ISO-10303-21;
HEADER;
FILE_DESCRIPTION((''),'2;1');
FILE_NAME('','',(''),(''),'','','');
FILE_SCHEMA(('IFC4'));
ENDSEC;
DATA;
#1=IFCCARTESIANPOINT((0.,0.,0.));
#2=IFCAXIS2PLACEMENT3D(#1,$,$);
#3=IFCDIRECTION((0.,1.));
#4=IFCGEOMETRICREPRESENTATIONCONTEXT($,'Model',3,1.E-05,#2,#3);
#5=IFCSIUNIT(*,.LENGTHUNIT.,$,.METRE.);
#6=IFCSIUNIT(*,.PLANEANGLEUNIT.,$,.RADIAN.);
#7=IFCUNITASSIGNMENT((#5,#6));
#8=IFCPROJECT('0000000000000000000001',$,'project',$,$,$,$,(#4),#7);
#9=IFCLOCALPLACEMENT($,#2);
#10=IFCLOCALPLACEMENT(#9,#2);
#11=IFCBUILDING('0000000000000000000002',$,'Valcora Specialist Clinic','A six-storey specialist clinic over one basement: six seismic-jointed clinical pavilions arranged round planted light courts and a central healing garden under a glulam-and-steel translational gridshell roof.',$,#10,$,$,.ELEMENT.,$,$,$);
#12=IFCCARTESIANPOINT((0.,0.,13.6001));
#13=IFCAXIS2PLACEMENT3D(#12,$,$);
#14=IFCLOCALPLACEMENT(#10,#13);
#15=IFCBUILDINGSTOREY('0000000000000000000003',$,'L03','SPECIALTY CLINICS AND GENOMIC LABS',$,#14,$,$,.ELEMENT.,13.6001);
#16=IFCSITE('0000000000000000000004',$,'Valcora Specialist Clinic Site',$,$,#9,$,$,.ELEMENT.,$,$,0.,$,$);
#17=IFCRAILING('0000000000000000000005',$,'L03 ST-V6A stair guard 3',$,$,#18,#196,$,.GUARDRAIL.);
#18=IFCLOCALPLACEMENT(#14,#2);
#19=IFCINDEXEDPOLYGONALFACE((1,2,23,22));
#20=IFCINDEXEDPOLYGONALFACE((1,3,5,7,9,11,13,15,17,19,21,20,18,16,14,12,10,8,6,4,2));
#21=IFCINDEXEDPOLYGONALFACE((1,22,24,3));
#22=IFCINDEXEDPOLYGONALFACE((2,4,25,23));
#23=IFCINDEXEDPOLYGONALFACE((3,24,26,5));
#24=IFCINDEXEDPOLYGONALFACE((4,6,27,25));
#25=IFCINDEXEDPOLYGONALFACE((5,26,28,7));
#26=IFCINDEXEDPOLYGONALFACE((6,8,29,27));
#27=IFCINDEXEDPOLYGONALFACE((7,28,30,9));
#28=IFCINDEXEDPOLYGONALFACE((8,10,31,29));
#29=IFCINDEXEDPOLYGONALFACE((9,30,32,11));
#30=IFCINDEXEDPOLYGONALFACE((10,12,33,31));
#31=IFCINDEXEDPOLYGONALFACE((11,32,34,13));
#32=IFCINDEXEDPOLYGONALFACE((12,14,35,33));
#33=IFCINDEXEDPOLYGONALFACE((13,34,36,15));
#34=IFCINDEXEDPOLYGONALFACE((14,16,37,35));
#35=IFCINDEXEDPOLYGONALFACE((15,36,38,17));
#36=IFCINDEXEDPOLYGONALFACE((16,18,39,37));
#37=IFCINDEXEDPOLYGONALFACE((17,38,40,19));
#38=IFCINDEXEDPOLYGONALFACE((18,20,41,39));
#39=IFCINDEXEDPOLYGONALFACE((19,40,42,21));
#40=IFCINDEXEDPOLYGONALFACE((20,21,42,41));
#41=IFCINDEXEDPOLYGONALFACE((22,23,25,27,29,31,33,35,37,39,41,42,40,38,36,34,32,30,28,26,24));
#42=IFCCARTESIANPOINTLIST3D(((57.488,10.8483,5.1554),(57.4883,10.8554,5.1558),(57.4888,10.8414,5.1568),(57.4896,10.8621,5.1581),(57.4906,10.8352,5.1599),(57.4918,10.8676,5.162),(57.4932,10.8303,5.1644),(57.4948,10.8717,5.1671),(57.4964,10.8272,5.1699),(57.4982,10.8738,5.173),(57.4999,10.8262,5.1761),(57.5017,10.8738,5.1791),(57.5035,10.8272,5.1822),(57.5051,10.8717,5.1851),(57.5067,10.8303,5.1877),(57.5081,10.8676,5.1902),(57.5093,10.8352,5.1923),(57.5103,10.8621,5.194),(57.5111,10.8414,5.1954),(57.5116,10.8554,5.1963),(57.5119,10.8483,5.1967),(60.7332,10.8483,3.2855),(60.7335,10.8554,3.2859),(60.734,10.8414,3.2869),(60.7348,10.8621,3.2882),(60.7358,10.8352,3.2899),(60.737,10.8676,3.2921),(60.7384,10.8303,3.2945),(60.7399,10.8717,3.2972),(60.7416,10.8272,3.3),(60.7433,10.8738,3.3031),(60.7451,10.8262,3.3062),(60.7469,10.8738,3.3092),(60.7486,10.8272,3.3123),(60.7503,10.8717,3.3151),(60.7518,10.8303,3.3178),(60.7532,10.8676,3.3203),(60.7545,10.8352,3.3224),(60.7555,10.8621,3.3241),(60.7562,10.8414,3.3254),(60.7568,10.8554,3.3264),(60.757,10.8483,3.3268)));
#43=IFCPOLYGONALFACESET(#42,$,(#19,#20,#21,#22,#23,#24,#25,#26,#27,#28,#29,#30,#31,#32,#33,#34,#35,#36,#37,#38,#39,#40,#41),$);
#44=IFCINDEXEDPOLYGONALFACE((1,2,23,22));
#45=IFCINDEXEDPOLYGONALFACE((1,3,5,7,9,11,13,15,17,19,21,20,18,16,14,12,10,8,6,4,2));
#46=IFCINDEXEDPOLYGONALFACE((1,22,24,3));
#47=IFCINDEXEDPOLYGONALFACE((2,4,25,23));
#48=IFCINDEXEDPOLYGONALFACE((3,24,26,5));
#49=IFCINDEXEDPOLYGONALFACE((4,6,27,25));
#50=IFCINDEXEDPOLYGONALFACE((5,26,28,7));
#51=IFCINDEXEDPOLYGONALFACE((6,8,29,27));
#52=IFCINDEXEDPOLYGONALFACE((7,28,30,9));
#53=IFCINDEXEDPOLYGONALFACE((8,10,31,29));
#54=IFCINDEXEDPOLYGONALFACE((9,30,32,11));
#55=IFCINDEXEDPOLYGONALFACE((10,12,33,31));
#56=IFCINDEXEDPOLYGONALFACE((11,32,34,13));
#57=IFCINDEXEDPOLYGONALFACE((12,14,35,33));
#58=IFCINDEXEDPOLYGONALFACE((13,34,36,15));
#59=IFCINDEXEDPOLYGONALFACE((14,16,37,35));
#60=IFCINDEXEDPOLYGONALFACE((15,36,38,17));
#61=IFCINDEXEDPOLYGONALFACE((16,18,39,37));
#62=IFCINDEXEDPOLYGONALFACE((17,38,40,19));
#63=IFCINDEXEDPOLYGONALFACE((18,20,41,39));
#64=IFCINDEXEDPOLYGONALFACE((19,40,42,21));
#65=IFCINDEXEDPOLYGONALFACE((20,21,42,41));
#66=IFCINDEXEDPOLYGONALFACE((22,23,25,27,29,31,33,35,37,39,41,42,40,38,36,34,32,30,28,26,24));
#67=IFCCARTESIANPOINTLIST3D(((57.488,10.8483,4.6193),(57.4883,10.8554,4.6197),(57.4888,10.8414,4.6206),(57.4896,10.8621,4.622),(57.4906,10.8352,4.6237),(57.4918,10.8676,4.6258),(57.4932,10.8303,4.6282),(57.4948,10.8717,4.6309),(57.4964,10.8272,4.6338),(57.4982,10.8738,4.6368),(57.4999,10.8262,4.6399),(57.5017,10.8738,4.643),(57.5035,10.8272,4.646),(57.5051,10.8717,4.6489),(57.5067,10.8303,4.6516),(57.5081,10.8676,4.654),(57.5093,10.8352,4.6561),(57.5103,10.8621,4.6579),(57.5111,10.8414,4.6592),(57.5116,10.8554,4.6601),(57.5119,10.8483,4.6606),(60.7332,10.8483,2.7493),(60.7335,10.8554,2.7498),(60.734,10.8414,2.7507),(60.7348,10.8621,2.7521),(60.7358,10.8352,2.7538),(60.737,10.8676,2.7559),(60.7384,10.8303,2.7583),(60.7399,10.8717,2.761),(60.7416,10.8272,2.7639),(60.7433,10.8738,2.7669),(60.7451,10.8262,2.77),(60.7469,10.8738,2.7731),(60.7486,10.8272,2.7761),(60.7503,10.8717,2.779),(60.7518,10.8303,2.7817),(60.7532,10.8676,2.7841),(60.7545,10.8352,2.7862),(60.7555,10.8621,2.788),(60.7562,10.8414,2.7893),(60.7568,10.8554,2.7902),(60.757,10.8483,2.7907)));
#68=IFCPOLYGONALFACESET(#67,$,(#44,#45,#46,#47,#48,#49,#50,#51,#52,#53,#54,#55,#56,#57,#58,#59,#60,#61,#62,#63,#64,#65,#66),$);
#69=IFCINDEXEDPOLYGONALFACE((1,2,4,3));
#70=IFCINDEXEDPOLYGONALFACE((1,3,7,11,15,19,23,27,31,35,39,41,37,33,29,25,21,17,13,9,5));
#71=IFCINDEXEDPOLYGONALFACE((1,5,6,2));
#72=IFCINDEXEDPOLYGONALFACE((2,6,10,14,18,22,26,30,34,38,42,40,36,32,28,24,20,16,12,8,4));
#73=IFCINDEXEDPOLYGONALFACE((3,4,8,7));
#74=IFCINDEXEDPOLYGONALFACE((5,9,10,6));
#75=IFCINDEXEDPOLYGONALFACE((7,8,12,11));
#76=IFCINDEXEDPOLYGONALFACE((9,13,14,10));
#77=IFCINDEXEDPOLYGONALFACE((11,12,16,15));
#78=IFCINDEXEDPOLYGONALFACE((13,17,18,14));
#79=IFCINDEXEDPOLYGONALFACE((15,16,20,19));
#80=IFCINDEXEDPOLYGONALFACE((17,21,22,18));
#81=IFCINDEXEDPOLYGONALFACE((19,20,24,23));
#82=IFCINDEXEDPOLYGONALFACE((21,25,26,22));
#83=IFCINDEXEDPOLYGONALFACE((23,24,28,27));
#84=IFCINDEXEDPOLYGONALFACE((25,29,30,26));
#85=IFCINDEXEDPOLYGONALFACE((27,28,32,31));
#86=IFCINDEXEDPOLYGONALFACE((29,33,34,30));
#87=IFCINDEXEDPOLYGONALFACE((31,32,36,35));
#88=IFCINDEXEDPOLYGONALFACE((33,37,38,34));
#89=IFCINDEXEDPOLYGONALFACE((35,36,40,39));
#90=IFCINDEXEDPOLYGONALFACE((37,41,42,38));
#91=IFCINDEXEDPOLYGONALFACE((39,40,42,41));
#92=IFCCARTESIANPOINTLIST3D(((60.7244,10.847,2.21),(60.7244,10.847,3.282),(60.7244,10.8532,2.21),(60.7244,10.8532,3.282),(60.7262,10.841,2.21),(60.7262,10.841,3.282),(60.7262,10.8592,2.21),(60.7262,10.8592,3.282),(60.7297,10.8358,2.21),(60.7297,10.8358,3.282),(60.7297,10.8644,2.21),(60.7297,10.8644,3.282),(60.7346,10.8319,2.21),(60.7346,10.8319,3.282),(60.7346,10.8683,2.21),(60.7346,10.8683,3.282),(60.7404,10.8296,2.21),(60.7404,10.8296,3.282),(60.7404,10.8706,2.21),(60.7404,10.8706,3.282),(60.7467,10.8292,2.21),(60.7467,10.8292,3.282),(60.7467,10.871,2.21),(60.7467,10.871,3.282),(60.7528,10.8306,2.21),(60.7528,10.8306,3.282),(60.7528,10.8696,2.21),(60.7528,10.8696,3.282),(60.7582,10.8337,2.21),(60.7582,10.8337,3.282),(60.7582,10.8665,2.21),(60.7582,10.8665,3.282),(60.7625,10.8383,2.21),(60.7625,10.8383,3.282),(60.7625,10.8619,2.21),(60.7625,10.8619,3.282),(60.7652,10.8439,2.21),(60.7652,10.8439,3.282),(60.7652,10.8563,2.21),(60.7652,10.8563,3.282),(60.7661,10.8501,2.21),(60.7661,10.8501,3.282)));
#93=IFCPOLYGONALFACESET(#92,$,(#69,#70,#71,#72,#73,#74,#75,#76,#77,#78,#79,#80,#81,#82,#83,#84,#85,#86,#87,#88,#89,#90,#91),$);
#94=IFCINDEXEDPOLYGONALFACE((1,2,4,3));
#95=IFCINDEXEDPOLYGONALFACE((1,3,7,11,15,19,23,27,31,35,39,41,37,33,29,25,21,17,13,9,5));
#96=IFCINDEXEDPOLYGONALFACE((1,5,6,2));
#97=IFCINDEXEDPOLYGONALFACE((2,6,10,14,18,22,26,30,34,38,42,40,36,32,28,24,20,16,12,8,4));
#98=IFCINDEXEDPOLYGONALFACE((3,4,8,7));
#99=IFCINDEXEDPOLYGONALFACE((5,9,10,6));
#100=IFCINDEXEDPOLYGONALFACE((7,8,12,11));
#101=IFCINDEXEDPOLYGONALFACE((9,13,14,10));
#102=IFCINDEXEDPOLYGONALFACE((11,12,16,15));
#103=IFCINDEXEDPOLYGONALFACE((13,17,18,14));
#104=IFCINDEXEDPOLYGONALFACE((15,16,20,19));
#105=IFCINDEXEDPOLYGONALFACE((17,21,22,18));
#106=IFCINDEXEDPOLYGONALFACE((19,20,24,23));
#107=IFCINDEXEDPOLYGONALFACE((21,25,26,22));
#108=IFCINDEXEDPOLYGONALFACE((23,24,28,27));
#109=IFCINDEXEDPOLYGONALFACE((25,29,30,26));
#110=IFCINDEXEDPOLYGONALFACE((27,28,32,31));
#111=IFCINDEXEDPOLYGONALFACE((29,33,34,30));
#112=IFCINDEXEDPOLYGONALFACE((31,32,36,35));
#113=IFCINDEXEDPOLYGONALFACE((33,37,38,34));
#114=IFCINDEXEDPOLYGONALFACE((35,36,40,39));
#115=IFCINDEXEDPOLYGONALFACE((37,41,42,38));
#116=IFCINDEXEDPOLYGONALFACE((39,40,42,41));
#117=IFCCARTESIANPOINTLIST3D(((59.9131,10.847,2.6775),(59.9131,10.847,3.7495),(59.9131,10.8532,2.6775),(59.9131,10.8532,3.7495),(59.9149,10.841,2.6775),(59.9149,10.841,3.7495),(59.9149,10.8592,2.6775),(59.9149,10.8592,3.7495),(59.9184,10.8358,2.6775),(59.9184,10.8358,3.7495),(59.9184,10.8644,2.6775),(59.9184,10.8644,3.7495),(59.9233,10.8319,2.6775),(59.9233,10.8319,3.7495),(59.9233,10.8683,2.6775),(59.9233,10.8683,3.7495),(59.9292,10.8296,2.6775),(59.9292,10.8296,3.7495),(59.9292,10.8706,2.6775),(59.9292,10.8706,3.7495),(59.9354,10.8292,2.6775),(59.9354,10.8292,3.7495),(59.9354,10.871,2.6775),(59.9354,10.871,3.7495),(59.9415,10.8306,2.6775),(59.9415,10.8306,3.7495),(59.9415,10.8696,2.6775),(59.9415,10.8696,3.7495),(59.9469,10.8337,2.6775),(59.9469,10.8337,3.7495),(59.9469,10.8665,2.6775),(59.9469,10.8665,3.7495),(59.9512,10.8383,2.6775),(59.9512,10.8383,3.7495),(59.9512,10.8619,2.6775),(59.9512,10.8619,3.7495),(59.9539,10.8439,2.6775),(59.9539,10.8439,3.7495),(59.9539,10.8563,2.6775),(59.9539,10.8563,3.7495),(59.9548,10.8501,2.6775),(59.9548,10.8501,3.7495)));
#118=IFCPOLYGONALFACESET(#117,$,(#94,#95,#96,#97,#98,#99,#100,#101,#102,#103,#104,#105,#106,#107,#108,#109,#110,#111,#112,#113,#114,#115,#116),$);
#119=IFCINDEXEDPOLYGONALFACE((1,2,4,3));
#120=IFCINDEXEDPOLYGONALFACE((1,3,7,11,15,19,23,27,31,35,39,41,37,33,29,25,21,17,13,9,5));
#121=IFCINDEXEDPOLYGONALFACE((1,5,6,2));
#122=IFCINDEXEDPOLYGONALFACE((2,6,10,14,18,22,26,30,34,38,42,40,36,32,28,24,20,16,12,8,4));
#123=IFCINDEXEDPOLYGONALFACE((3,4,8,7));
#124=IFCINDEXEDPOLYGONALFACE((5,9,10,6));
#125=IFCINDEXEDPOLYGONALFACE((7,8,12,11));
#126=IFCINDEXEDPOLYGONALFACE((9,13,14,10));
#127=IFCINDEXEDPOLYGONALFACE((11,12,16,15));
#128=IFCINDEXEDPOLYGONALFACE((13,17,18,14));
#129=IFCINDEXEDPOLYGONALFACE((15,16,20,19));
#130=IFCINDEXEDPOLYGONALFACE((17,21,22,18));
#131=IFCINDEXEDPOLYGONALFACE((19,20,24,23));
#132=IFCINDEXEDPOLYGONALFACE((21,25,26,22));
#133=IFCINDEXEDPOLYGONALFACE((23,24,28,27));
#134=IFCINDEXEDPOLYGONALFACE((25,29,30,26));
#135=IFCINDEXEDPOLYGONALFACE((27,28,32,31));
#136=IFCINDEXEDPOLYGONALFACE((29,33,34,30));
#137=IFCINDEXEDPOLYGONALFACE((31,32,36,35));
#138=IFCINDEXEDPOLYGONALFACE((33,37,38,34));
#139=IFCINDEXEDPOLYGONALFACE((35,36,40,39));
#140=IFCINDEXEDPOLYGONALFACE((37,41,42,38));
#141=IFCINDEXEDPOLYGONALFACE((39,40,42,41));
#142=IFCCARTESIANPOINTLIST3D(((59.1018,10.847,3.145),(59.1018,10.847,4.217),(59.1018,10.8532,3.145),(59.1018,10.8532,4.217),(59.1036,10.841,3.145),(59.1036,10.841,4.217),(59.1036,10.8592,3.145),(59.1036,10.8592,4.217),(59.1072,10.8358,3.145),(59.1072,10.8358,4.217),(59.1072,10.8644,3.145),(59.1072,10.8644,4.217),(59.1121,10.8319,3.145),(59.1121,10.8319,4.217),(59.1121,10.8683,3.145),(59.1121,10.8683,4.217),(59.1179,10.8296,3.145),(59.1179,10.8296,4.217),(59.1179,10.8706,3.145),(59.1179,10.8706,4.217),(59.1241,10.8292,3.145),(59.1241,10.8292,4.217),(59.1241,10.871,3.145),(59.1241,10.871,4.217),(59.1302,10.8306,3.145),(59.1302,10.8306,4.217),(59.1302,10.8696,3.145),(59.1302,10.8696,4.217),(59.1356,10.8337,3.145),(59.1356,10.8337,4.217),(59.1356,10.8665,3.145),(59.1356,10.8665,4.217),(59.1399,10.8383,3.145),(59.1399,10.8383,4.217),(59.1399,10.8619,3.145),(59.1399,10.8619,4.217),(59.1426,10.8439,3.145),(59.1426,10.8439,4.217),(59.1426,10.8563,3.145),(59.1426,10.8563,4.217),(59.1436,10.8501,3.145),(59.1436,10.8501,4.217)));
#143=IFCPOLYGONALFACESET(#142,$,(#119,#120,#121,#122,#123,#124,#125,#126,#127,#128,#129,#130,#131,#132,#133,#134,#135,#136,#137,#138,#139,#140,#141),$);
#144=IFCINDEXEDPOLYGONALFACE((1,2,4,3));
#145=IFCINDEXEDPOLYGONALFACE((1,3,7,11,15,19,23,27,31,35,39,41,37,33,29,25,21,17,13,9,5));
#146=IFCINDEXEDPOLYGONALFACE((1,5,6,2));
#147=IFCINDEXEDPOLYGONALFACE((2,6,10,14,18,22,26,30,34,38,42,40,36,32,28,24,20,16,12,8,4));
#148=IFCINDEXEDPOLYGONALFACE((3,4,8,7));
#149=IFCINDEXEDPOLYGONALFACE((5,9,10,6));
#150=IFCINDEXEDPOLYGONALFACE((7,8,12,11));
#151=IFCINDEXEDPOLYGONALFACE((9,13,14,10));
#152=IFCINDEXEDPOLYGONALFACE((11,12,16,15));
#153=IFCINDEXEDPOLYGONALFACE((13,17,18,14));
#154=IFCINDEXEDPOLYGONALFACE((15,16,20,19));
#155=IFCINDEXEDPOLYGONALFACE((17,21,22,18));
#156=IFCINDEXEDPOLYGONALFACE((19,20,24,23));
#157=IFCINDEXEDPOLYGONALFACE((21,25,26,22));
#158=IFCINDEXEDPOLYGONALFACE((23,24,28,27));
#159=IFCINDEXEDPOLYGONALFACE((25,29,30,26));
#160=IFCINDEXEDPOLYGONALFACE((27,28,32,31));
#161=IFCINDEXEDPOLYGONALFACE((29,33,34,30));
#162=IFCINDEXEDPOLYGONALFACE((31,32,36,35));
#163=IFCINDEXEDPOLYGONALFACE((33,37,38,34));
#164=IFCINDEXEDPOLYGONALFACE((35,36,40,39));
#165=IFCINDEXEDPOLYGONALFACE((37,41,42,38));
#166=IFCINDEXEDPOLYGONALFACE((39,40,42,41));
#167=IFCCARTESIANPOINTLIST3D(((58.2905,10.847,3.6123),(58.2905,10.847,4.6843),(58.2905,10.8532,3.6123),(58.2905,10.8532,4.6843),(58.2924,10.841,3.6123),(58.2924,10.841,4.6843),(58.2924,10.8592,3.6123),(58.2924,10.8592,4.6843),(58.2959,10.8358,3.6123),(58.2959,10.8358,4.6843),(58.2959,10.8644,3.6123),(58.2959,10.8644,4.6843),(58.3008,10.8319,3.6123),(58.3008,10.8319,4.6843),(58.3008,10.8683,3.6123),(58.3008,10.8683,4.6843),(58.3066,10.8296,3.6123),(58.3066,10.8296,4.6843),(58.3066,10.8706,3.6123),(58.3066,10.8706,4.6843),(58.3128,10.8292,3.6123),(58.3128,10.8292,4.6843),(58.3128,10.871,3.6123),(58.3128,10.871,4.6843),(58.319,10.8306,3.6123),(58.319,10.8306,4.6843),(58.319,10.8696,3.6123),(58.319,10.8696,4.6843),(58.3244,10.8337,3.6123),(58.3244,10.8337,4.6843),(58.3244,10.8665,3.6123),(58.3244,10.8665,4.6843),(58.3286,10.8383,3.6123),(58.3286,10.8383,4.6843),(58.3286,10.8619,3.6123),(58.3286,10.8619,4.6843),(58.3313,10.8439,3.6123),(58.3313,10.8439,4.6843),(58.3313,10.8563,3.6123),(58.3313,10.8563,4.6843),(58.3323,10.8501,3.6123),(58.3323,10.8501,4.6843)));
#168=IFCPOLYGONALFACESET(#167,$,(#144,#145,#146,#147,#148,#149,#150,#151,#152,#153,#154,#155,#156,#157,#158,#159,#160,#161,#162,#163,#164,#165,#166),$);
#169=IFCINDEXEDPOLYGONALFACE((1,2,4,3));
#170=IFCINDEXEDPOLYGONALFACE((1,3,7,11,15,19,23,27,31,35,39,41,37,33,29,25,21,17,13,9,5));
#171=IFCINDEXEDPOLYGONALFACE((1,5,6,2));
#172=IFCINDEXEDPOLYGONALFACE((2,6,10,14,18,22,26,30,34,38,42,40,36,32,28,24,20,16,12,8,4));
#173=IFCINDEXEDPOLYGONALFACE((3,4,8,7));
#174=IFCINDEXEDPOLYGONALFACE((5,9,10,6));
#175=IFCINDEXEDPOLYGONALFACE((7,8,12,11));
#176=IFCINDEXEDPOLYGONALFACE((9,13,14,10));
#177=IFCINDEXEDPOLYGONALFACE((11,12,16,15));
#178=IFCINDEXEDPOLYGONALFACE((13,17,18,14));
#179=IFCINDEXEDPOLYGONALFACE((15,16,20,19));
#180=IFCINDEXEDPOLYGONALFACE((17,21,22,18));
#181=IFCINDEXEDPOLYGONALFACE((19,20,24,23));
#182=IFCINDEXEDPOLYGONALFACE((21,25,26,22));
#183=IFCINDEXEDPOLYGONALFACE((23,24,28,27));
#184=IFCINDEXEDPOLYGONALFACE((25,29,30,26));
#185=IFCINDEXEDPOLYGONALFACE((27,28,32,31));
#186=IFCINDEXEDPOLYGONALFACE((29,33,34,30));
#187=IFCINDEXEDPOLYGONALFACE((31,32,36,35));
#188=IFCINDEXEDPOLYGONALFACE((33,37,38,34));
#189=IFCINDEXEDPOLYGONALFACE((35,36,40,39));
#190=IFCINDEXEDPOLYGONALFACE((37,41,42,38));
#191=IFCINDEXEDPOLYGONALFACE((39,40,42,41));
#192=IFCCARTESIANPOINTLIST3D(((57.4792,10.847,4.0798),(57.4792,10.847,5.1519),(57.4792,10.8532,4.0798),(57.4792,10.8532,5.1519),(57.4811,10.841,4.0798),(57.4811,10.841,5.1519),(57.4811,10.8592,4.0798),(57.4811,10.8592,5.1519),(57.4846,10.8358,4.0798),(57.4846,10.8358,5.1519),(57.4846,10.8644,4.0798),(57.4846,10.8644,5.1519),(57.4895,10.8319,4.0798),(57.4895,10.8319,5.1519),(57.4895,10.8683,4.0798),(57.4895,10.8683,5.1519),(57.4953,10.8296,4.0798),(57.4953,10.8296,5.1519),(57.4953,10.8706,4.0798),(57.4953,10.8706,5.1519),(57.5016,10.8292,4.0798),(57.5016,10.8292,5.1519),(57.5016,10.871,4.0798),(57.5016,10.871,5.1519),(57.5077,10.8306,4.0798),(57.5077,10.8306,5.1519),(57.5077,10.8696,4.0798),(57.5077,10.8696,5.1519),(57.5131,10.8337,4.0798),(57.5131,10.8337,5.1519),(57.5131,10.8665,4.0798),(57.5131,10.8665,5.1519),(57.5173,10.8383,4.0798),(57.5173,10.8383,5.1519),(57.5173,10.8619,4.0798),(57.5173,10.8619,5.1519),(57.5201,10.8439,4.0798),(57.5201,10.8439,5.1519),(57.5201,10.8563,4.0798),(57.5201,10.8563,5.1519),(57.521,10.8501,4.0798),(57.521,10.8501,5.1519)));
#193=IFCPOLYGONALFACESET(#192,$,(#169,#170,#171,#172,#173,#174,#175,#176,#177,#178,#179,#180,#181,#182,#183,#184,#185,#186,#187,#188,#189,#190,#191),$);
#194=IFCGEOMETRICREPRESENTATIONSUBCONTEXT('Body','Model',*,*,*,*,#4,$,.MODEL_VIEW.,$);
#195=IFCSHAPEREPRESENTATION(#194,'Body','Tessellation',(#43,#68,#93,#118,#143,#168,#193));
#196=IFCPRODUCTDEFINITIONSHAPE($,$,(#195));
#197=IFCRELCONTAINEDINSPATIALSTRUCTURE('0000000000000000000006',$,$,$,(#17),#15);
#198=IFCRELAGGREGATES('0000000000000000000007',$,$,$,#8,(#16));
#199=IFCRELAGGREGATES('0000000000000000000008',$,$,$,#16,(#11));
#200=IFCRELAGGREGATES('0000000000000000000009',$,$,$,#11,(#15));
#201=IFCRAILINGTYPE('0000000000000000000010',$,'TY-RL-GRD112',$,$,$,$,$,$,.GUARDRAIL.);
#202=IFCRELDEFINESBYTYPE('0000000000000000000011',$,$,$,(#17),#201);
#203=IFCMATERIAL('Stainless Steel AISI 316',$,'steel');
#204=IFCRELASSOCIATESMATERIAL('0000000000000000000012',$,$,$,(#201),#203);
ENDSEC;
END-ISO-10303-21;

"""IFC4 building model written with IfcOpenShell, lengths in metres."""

from ifc_helpers import new_model, si_unit, direction, frame, origin, origin_2d, place, context, subcontext, project, spatial, circle, extrude, material, type_object, element, save


model = new_model("IFC4")

# Units and contexts
model_context = context("Model", 3, precision=1e-05, world=origin(), true_north=direction((0.0, 1.0)))
body_context = subcontext(model_context, "Body", "Model", "MODEL_VIEW")
ifc_project = project(units=[si_unit("LENGTHUNIT", "METRE"), si_unit("PLANEANGLEUNIT", "RADIAN")], contexts=[model_context])

# Site, building, storey
site_placement = place(None, origin())
site = spatial("IfcSite", under=ifc_project, at=site_placement, Name="Valcora Specialist Clinic Site", CompositionType="ELEMENT", RefElevation=0.0)
building_placement = place(site_placement, origin())
building = spatial("IfcBuilding", under=site, at=building_placement, Name="Valcora Specialist Clinic", Description="A six-storey specialist clinic over one basement: six seismic-jointed clinical pavilions arranged round planted light courts and a central healing garden under a glulam-and-steel translational gridshell roof.", CompositionType="ELEMENT")
storey_placement = place(building_placement, frame((0.0, 0.0, 13.6001)))
storey = spatial("IfcBuildingStorey", under=building, at=storey_placement, Name="L03", Description="SPECIALTY CLINICS AND GENOMIC LABS", CompositionType="ELEMENT", Elevation=13.6001)

# Shared definitions
ifc_material_1 = material(Name="Stainless Steel AISI 316", Category="steel")

# Railing
railing_type_1 = type_object("IfcRailingType", Name="TY-RL-GRD112", PredefinedType="GUARDRAIL", material=ifc_material_1)
railing_1_placement = place(storey_placement, frame((60.7451, 10.8501, 2.21)))
element("IfcRailing", 1, at=railing_1_placement, inside=storey, type_object=railing_type_1, Name="L03 ST-V6A stair guard 3", PredefinedType="GUARDRAIL", context=body_context, shape_type="SweptSolid", body=[
    extrude(circle(Radius=0.0239, at=origin_2d()), frame((0.0, 0.0, 1.0962), z_axis=(-0.866452, 0.0, 0.49926), x_axis=(0.0, -1.0, 0.0)), (0.0, 0.0, 1.0), 3.7454),
    extrude(circle(Radius=0.0239, at=origin_2d()), frame((0.0, 0.0, 0.5601), z_axis=(-0.866452, 0.0, 0.49926), x_axis=(0.0, -1.0, 0.0)), (0.0, 0.0, 1.0), 3.7454),
    extrude(circle(Radius=0.021, at=origin_2d()), origin(), (0.0, 0.0, 1.0), 1.072),
    extrude(circle(Radius=0.021, at=origin_2d()), frame((-0.8113, 0.0, 0.4675)), (0.0, 0.0, 1.0), 1.072),
    extrude(circle(Radius=0.021, at=origin_2d()), frame((-1.6226, 0.0, 0.9351)), (0.0, 0.0, 1.0), 1.072),
    extrude(circle(Radius=0.021, at=origin_2d()), frame((-2.4338, 0.0, 1.4023)), (0.0, 0.0, 1.0), 1.072),
    extrude(circle(Radius=0.021, at=origin_2d()), frame((-3.2451, 0.0, 1.8699)), (0.0, 0.0, 1.0), 1.072),
])

save(model, "model.ifc")
